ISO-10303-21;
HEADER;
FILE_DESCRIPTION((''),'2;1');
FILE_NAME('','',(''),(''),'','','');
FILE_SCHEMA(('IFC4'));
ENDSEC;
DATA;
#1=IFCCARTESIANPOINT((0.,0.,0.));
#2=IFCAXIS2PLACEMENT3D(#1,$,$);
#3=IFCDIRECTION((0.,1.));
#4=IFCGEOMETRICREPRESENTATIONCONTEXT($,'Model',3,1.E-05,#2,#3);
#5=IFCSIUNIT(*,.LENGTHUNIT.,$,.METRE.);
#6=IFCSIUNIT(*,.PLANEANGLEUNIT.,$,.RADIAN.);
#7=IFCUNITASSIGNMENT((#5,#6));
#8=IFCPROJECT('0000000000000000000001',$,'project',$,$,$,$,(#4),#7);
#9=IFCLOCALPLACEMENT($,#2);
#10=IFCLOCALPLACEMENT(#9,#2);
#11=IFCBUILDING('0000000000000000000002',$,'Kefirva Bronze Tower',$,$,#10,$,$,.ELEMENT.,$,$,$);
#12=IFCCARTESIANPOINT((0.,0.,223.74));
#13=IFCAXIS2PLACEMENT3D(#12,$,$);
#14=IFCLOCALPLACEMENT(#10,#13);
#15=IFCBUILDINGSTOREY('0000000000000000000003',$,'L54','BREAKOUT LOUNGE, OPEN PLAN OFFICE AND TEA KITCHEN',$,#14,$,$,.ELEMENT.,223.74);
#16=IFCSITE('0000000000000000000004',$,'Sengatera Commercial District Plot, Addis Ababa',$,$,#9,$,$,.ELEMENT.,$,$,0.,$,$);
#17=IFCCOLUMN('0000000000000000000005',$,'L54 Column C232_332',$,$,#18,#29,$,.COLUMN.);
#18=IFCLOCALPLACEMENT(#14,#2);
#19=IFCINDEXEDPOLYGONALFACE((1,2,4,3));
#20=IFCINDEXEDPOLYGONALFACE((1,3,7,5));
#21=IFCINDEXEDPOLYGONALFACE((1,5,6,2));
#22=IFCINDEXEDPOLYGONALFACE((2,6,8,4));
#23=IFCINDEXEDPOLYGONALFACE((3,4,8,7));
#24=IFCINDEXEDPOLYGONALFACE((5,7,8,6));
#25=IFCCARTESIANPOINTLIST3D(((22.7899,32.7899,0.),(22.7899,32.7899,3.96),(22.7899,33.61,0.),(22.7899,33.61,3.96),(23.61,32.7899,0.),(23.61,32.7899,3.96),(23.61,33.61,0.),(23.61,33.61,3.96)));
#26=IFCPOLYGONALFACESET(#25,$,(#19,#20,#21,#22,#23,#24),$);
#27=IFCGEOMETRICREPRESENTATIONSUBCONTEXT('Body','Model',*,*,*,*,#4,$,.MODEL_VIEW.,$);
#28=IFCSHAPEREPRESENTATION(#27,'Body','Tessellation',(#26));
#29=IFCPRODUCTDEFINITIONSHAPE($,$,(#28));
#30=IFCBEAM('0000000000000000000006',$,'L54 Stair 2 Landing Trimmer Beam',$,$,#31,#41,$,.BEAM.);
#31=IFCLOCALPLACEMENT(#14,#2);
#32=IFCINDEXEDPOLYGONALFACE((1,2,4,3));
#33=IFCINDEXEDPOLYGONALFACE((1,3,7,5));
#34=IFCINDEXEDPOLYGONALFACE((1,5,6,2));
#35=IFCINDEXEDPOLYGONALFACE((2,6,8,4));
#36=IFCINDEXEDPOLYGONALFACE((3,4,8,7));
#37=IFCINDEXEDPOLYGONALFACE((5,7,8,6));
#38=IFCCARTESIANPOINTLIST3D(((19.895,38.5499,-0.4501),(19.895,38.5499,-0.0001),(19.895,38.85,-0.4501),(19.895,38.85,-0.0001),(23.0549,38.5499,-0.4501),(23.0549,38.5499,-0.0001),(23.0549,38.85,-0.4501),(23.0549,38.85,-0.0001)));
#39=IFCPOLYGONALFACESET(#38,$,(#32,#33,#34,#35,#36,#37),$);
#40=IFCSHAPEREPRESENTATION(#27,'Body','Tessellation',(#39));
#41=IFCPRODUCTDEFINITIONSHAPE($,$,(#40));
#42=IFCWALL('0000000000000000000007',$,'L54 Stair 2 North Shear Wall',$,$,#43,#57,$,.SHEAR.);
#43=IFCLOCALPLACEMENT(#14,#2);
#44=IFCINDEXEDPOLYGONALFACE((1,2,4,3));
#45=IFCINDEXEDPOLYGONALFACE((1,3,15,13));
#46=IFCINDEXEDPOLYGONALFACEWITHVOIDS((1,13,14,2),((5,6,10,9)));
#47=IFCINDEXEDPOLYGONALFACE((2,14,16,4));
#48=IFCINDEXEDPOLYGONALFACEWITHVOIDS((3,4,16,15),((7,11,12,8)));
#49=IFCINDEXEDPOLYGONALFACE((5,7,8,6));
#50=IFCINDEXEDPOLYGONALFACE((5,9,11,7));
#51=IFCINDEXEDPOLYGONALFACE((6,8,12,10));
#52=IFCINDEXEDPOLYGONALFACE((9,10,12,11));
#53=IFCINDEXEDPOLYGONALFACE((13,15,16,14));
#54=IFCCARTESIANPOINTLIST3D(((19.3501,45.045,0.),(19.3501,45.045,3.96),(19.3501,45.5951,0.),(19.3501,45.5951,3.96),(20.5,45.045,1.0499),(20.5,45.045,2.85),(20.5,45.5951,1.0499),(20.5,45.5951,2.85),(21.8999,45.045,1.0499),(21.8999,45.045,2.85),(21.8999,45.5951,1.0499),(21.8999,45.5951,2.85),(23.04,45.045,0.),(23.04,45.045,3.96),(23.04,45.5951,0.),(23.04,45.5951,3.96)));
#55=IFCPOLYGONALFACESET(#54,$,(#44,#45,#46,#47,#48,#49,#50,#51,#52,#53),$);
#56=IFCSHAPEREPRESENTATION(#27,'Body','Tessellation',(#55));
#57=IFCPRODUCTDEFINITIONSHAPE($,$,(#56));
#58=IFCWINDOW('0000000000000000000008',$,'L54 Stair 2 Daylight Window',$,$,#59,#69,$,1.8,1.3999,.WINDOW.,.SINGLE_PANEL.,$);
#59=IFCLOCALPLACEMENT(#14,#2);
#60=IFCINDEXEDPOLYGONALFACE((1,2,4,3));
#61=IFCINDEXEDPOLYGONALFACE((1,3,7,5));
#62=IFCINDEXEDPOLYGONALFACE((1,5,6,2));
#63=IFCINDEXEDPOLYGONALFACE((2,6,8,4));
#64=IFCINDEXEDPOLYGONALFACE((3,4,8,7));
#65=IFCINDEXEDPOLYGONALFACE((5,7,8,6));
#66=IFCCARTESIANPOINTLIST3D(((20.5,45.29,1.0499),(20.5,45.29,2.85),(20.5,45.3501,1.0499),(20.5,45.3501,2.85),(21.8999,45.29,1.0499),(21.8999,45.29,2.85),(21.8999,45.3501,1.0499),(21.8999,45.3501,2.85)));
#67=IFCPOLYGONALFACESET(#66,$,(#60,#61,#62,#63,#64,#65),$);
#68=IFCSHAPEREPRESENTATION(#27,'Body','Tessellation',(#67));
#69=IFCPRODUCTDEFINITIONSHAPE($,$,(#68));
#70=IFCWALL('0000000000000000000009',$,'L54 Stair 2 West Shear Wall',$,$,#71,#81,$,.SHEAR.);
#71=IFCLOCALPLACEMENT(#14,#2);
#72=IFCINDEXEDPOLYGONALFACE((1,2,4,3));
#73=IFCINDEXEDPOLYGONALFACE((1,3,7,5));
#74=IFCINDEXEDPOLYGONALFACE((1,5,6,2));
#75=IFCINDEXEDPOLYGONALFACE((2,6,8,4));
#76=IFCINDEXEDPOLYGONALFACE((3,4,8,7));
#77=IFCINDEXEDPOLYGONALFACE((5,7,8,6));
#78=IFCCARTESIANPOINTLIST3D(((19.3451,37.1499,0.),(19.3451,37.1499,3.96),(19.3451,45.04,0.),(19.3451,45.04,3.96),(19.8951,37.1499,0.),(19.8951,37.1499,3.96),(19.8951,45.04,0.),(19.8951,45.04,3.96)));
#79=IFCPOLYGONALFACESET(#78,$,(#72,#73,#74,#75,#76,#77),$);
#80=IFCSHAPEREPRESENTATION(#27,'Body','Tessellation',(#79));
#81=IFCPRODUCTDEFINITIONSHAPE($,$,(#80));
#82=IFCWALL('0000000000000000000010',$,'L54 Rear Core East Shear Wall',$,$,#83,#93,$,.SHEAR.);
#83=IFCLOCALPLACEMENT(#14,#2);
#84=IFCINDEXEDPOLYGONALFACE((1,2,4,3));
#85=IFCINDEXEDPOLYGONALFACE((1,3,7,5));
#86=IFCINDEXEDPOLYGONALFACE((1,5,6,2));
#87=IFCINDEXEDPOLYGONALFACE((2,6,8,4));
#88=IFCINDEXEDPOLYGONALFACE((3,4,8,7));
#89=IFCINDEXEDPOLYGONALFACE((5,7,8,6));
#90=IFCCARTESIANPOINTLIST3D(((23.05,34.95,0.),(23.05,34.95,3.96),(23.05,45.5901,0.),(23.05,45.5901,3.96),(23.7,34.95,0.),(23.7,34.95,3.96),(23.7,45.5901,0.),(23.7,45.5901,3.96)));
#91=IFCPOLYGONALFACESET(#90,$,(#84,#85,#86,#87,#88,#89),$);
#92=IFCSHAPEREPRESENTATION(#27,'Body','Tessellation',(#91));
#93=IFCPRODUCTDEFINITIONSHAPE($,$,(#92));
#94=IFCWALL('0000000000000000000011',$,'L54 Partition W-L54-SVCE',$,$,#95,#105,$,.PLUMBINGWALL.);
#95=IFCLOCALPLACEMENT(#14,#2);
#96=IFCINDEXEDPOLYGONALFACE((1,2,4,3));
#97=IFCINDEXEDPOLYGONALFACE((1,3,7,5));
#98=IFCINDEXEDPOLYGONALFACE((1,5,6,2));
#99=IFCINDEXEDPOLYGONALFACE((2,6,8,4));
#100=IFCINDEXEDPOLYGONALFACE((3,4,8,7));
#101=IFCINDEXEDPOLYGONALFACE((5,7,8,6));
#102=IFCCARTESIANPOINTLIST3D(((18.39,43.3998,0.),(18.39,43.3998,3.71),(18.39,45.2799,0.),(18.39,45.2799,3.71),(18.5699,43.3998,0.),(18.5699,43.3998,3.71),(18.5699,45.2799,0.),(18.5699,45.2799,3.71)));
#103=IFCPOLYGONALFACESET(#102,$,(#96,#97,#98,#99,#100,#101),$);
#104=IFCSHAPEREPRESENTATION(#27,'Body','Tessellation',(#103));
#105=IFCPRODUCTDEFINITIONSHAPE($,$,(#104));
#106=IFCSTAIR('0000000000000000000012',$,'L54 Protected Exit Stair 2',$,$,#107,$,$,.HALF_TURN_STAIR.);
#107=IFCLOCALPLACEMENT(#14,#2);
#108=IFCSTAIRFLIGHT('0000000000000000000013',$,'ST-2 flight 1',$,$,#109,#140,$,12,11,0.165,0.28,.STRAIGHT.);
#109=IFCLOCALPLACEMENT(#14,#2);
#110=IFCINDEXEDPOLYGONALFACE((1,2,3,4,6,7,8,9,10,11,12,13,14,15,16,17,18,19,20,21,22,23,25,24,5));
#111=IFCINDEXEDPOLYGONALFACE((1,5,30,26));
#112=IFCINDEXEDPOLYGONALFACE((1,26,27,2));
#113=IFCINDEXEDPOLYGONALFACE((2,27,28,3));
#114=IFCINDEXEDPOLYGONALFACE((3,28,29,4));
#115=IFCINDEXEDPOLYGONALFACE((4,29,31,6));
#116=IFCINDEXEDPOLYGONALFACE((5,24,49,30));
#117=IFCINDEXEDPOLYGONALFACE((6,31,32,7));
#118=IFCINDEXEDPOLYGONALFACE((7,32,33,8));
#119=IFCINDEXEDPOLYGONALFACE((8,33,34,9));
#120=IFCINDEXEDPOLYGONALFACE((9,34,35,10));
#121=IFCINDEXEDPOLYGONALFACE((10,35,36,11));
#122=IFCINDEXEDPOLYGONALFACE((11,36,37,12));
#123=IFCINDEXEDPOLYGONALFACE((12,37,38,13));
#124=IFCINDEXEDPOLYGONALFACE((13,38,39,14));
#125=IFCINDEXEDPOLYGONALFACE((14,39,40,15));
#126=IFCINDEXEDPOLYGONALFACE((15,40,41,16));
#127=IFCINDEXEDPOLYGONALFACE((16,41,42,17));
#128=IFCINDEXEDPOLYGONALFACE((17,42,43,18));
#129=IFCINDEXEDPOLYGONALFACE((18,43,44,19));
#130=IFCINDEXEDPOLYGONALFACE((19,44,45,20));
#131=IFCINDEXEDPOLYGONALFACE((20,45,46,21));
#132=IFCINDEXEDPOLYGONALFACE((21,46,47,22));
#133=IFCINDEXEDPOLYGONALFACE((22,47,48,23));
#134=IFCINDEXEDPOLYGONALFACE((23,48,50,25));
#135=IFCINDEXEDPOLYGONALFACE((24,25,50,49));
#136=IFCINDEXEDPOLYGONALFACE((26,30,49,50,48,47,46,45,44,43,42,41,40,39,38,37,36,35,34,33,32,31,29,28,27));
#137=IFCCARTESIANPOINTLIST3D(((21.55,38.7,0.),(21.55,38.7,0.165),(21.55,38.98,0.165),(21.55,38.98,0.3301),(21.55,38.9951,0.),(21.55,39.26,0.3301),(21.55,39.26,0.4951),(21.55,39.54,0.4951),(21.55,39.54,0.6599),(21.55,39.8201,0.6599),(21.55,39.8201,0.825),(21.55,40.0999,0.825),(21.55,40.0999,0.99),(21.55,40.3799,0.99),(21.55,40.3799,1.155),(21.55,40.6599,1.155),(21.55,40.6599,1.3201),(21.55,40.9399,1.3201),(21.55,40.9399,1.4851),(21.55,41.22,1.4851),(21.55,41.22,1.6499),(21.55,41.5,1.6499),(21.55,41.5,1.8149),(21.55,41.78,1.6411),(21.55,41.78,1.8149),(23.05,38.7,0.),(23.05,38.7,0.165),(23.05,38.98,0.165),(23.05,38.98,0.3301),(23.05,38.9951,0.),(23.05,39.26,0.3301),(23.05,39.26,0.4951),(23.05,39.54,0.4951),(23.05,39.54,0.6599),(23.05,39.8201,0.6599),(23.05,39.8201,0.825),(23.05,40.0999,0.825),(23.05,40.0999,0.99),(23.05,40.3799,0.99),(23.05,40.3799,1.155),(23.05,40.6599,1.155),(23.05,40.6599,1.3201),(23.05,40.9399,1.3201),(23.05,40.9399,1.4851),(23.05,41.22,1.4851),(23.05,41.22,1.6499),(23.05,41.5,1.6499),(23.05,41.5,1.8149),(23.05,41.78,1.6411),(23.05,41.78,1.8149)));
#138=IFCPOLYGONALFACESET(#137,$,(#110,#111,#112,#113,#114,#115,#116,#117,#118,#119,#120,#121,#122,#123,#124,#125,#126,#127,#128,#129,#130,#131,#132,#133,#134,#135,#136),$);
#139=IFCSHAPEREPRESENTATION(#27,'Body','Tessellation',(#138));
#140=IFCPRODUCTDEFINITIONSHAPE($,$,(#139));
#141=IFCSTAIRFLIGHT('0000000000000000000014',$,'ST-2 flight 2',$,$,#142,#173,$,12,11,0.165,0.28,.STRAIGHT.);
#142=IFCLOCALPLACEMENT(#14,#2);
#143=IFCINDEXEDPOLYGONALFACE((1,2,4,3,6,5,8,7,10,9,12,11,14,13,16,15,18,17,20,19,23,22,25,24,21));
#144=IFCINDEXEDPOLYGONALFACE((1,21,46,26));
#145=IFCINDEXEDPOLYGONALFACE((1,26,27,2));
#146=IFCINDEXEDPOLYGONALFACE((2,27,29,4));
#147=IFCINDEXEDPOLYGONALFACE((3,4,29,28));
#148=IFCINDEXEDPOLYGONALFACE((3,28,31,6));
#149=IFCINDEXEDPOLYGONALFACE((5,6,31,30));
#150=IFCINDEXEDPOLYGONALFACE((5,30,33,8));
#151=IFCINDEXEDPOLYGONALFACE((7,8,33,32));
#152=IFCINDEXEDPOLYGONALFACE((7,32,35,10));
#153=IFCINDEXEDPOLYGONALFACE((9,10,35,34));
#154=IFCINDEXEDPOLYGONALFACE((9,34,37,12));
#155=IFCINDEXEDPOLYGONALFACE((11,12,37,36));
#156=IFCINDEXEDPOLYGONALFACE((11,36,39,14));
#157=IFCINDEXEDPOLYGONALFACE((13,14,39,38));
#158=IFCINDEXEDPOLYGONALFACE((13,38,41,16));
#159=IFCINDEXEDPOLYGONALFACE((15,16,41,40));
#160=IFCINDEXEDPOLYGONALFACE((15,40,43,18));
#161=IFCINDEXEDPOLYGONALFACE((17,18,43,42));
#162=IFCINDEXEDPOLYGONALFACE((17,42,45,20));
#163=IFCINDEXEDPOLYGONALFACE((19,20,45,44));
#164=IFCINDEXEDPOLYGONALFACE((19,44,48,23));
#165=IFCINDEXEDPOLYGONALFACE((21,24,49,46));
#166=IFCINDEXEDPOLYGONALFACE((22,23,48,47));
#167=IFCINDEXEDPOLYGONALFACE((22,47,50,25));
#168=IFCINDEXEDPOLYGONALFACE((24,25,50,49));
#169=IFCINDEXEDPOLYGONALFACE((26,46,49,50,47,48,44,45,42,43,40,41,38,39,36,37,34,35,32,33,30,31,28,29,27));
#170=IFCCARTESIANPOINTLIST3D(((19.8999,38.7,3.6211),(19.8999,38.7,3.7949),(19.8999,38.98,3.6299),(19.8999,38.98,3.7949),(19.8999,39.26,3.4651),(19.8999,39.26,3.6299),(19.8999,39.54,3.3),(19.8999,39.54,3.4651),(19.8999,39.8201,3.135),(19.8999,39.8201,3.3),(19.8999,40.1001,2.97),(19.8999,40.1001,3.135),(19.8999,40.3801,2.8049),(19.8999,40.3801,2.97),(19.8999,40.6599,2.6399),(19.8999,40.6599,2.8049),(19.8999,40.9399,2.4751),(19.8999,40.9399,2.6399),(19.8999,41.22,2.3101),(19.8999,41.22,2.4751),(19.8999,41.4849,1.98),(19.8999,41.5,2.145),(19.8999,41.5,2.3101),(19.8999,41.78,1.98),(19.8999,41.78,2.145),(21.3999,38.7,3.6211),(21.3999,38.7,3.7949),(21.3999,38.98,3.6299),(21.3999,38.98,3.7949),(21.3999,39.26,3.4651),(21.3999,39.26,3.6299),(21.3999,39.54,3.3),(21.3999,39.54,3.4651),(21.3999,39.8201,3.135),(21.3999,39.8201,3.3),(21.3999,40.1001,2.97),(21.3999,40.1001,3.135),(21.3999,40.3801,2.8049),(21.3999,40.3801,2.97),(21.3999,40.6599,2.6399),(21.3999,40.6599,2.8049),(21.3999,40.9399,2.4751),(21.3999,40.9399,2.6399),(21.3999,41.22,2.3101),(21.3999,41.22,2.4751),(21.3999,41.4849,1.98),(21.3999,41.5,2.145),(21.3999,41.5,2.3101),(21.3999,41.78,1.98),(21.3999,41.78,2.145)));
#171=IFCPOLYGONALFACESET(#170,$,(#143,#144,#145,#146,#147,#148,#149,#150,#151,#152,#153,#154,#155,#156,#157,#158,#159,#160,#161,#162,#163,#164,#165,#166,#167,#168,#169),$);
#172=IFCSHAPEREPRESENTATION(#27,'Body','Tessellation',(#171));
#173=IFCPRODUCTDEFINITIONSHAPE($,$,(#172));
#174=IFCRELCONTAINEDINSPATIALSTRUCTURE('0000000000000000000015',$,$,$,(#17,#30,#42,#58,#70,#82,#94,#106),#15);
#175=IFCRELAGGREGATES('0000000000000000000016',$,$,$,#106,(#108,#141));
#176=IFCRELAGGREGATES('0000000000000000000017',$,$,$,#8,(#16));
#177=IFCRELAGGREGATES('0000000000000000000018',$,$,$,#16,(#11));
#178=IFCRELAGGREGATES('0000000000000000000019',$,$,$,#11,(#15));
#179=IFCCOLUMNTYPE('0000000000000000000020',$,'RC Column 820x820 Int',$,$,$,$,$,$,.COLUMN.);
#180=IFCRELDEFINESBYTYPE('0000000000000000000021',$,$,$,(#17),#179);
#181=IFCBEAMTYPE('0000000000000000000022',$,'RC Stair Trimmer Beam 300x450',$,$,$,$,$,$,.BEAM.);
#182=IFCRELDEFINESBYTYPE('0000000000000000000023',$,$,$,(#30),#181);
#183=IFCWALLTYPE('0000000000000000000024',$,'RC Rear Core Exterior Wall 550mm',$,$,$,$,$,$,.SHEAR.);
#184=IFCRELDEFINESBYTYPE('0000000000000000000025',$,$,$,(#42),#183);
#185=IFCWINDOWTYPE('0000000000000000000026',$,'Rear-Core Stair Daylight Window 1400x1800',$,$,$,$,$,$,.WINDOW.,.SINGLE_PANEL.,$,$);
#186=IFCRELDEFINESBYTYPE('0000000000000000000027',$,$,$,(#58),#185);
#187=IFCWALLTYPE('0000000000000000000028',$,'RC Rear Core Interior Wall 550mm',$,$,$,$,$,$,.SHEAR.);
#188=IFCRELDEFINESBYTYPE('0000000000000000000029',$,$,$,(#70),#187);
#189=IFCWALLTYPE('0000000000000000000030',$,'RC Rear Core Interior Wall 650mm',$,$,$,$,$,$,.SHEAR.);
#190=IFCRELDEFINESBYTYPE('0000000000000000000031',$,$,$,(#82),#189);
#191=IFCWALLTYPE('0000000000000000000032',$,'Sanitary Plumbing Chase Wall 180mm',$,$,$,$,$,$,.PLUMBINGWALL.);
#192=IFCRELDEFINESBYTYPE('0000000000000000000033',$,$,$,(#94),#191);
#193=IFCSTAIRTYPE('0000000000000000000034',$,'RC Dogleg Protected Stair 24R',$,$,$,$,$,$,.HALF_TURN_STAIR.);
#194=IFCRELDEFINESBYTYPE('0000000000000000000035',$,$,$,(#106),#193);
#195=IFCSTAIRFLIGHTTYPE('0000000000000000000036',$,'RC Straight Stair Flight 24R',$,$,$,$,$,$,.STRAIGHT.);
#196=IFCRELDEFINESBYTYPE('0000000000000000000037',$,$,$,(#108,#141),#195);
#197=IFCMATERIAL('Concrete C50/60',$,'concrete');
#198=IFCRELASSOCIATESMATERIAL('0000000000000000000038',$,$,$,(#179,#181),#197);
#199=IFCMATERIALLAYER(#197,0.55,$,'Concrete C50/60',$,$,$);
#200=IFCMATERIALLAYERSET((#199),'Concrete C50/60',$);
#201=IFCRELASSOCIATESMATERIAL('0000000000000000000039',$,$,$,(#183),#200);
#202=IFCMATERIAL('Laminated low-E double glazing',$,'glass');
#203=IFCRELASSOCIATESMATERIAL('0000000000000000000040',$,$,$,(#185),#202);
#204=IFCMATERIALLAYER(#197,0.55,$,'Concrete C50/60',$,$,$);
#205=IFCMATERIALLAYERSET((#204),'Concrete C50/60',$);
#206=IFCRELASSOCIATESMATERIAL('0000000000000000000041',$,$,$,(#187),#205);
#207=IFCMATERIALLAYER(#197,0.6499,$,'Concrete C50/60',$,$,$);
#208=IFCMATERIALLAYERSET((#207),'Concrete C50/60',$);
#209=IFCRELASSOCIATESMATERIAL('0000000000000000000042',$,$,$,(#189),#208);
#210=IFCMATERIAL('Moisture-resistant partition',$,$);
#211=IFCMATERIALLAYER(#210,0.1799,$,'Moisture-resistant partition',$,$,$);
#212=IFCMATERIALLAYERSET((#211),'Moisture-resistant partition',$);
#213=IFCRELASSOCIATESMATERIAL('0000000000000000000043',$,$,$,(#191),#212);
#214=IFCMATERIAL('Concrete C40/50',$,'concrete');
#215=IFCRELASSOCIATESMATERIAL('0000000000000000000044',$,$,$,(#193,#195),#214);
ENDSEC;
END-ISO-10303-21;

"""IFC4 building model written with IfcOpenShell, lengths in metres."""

from ifc_helpers import new_model, si_unit, direction, frame, frame_2d, origin, origin_2d, place, context, subcontext, project, spatial, polyline, rectangle, outline, extrude, material, layer, layer_set, material_profile, profile_set, type_object, element, fill, aggregate, save


model = new_model("IFC4")

# Units and contexts
model_context = context("Model", 3, precision=1e-05, world=origin(), true_north=direction((0.0, 1.0)))
body_context = subcontext(model_context, "Body", "Model", "MODEL_VIEW")
ifc_project = project(units=[si_unit("LENGTHUNIT", "METRE"), si_unit("PLANEANGLEUNIT", "RADIAN")], contexts=[model_context])

# Site, building, storey
site_placement = place(None, origin())
site = spatial("IfcSite", under=ifc_project, at=site_placement, Name="Sengatera Commercial District Plot, Addis Ababa", CompositionType="ELEMENT", RefElevation=0.0)
building_placement = place(site_placement, origin())
building = spatial("IfcBuilding", under=site, at=building_placement, Name="Kefirva Bronze Tower", CompositionType="ELEMENT")
storey_placement = place(building_placement, frame((0.0, 0.0, 223.74)))
storey = spatial("IfcBuildingStorey", under=building, at=storey_placement, Name="L54", Description="BREAKOUT LOUNGE, OPEN PLAN OFFICE AND TEA KITCHEN", CompositionType="ELEMENT", Elevation=223.74)

# Column
ifc_material_1 = material(Name="Concrete C50/60", Category="concrete")
ifc_material_profile_1 = material_profile(ifc_material_1, rectangle(XDim=0.8201, YDim=0.8201, at=origin_2d()), Name="RC 820x820")
ifc_profile_set_1 = profile_set([ifc_material_profile_1], Name="Concrete C50/60")
column_type = type_object("IfcColumnType", Name="RC Column 820x820 Int", PredefinedType="COLUMN", material=ifc_profile_set_1)
column_placement = place(storey_placement, frame((23.2, 33.2, 0.0), z_axis=(0.0, 0.0, 1.0), x_axis=(1.0, 0.0, 0.0)))
element("IfcColumn", 1, at=column_placement, inside=storey, type_object=column_type, Name="L54 Column C232_332", PredefinedType="COLUMN", context=body_context, shape_type="SweptSolid", body=[
    extrude(rectangle(XDim=0.8201, YDim=0.8201, at=origin_2d()), origin(), (0.0, 0.0, 1.0), 3.96),
])

# Beam
ifc_material_profile_2 = material_profile(ifc_material_1, rectangle(XDim=0.3, YDim=0.45, at=origin_2d()), Name="RC 300x450")
ifc_profile_set_2 = profile_set([ifc_material_profile_2], Name="Concrete C50/60")
beam_type = type_object("IfcBeamType", Name="RC Stair Trimmer Beam 300x450", PredefinedType="BEAM", material=ifc_profile_set_2)
beam_placement = place(storey_placement, frame((19.895, 38.7, -0.2251), z_axis=(1.0, 0.0, 0.0), x_axis=(0.0, 1.0, 0.0)))
element("IfcBeam", 2, at=beam_placement, inside=storey, type_object=beam_type, Name="L54 Stair 2 Landing Trimmer Beam", PredefinedType="BEAM", context=body_context, shape_type="SweptSolid", body=[
    extrude(rectangle(XDim=0.3, YDim=0.45, at=origin_2d()), origin(), (0.0, 0.0, 1.0), 3.1599),
])

# Wall, opening, window
ifc_layer_1 = layer(ifc_material_1, 0.55, Name="Concrete C50/60")
ifc_layer_set_1 = layer_set([ifc_layer_1], Name="Concrete C50/60")
wall_type_1 = type_object("IfcWallType", Name="RC Rear Core Exterior Wall 550mm", PredefinedType="SHEAR", material=ifc_layer_set_1)
wall_1_placement = place(storey_placement, frame((19.3501, 45.3201, 0.0), z_axis=(0.0, 0.0, 1.0), x_axis=(1.0, 0.0, 0.0)))
wall_1 = element("IfcWall", 3, at=wall_1_placement, inside=storey, type_object=wall_type_1, Name="L54 Stair 2 North Shear Wall", PredefinedType="SHEAR", context=body_context, shape_type="SweptSolid", body=[
    extrude(rectangle(XDim=3.6899, YDim=0.55, at=frame_2d((1.845, 0.0))), origin(), (0.0, 0.0, 1.0), 3.96),
])
opening_1_placement = place(wall_1_placement, frame((1.1499, 0.0, 1.05)))
opening_1 = element("IfcOpeningElement", 4, at=opening_1_placement, cuts=wall_1, PredefinedType="OPENING", context=body_context, shape_type="SweptSolid", body=[
    extrude(rectangle(XDim=1.3999, YDim=1.8, at=frame_2d((0.7, 0.8999))), frame((0.0, 0.2852, 0.0), z_axis=(0.0, -1.0, 0.0), x_axis=(1.0, 0.0, 0.0)), (0.0, 0.0, 1.0), 0.5701),
])
ifc_material_2 = material(Name="Laminated low-E double glazing", Category="glass")
window_type = type_object("IfcWindowType", Name="Rear-Core Stair Daylight Window 1400x1800", PartitioningType="SINGLE_PANEL", PredefinedType="WINDOW", material=ifc_material_2)
window_placement = place(opening_1_placement, origin())
window = element("IfcWindow", 5, at=window_placement, inside=storey, type_object=window_type, Name="L54 Stair 2 Daylight Window", OverallHeight=1.8, OverallWidth=1.3999, PartitioningType="SINGLE_PANEL", PredefinedType="WINDOW", context=body_context, shape_type="SweptSolid", body=[
    extrude(rectangle(XDim=1.3999, YDim=1.8, at=frame_2d((0.7, 0.8999))), frame((0.0, 0.03, 0.0), z_axis=(0.0, -1.0, 0.0), x_axis=(1.0, 0.0, 0.0)), (0.0, 0.0, 1.0), 0.0601),
])
fill(opening_1, window)

# Walls
ifc_layer_2 = layer(ifc_material_1, 0.55, Name="Concrete C50/60")
ifc_layer_set_2 = layer_set([ifc_layer_2], Name="Concrete C50/60")
wall_type_2 = type_object("IfcWallType", Name="RC Rear Core Interior Wall 550mm", PredefinedType="SHEAR", material=ifc_layer_set_2)
wall_2_placement = place(storey_placement, frame((19.6201, 37.1499, 0.0), z_axis=(0.0, 0.0, 1.0), x_axis=(0.0, 1.0, 0.0)))
element("IfcWall", 6, at=wall_2_placement, inside=storey, type_object=wall_type_2, Name="L54 Stair 2 West Shear Wall", PredefinedType="SHEAR", context=body_context, shape_type="SweptSolid", body=[
    extrude(rectangle(XDim=7.8901, YDim=0.55, at=frame_2d((3.9451, 0.0))), origin(), (0.0, 0.0, 1.0), 3.96),
])
ifc_layer_3 = layer(ifc_material_1, 0.6499, Name="Concrete C50/60")
ifc_layer_set_3 = layer_set([ifc_layer_3], Name="Concrete C50/60")
wall_type_3 = type_object("IfcWallType", Name="RC Rear Core Interior Wall 650mm", PredefinedType="SHEAR", material=ifc_layer_set_3)
wall_3_placement = place(storey_placement, frame((23.375, 34.95, 0.0), z_axis=(0.0, 0.0, 1.0), x_axis=(0.0, 1.0, 0.0)))
element("IfcWall", 7, at=wall_3_placement, inside=storey, type_object=wall_type_3, Name="L54 Rear Core East Shear Wall", PredefinedType="SHEAR", context=body_context, shape_type="SweptSolid", body=[
    extrude(rectangle(XDim=10.6401, YDim=0.6499, at=frame_2d((5.3201, 0.0))), origin(), (0.0, 0.0, 1.0), 3.96),
])
ifc_material_3 = material(Name="Moisture-resistant partition")
ifc_layer_4 = layer(ifc_material_3, 0.1799, Name="Moisture-resistant partition")
ifc_layer_set_4 = layer_set([ifc_layer_4], Name="Moisture-resistant partition")
wall_type_4 = type_object("IfcWallType", Name="Sanitary Plumbing Chase Wall 180mm", PredefinedType="PLUMBINGWALL", material=ifc_layer_set_4)
wall_4_placement = place(storey_placement, frame((18.48, 43.3999, 0.0), z_axis=(0.0, 0.0, 1.0), x_axis=(0.0, 1.0, 0.0)))
element("IfcWall", 8, at=wall_4_placement, inside=storey, type_object=wall_type_4, Name="L54 Partition W-L54-SVCE", PredefinedType="PLUMBINGWALL", context=body_context, shape_type="SweptSolid", body=[
    extrude(rectangle(XDim=1.8801, YDim=0.1799, at=frame_2d((0.9399, 0.0))), origin(), (0.0, 0.0, 1.0), 3.71),
])

# Stair, stair flights
ifc_material_4 = material(Name="Concrete C40/50", Category="concrete")
stair_type = type_object("IfcStairType", Name="RC Dogleg Protected Stair 24R", PredefinedType="HALF_TURN_STAIR", material=ifc_material_4)
stair_placement = place(storey_placement, origin())
stair = element("IfcStair", 9, at=stair_placement, inside=storey, type_object=stair_type, Name="L54 Protected Exit Stair 2", PredefinedType="HALF_TURN_STAIR")
stair_flight_type = type_object("IfcStairFlightType", Name="RC Straight Stair Flight 24R", PredefinedType="STRAIGHT", material=ifc_material_4)
stair_flight_1_placement = place(storey_placement, frame((22.3, 38.7, 0.0), z_axis=(0.0, 0.0, 1.0), x_axis=(0.0, 1.0, 0.0)))
stair_flight_1 = element("IfcStairFlight", 10, at=stair_flight_1_placement, type_object=stair_flight_type, Name="ST-2 flight 1", NumberOfRisers=12, NumberOfTreads=11, PredefinedType="STRAIGHT", RiserHeight=0.165, TreadLength=0.28, context=body_context, shape_type="SweptSolid", body=[
    extrude(outline(polyline([(0.0, 0.0), (0.0, 0.165), (0.28, 0.165), (0.28, 0.3301), (0.5601, 0.3301), (0.5601, 0.4951), (0.8401, 0.4951), (0.8401, 0.6599), (1.1201, 0.6599), (1.1201, 0.825), (1.3999, 0.825), (1.3999, 0.99), (1.6799, 0.99), (1.6799, 1.155), (1.96, 1.155), (1.96, 1.3201), (2.24, 1.3201), (2.24, 1.4851), (2.52, 1.4851), (2.52, 1.6499), (2.8, 1.6499), (2.8, 1.8149), (3.0801, 1.8149), (3.0801, 1.98), (3.0801, 1.6411), (0.2952, 0.0), (0.0, 0.0)])), frame((0.0, 0.75, 0.0), z_axis=(0.0, -1.0, 0.0), x_axis=(1.0, 0.0, 0.0)), (0.0, 0.0, 1.0), 1.5),
])
stair_flight_2_placement = place(storey_placement, frame((20.6499, 41.78, 1.98), z_axis=(0.0, 0.0, 1.0), x_axis=(0.0, -1.0, 0.0)))
stair_flight_2 = element("IfcStairFlight", 11, at=stair_flight_2_placement, type_object=stair_flight_type, Name="ST-2 flight 2", NumberOfRisers=12, NumberOfTreads=11, PredefinedType="STRAIGHT", RiserHeight=0.165, TreadLength=0.28, context=body_context, shape_type="SweptSolid", body=[
    extrude(outline(polyline([(0.0, 0.0), (0.0, 0.165), (0.28, 0.165), (0.28, 0.3301), (0.5601, 0.3301), (0.5601, 0.4951), (0.8401, 0.4951), (0.8401, 0.6599), (1.1201, 0.6599), (1.1201, 0.825), (1.3999, 0.825), (1.3999, 0.99), (1.6799, 0.99), (1.6799, 1.155), (1.96, 1.155), (1.96, 1.3201), (2.24, 1.3201), (2.24, 1.4851), (2.52, 1.4851), (2.52, 1.6499), (2.8, 1.6499), (2.8, 1.8149), (3.0801, 1.8149), (3.0801, 1.98), (3.0801, 1.6411), (0.2952, 0.0), (0.0, 0.0)])), frame((0.0, 0.75, 0.0), z_axis=(0.0, -1.0, 0.0), x_axis=(1.0, 0.0, 0.0)), (0.0, 0.0, 1.0), 1.5),
])
aggregate(stair, [stair_flight_1, stair_flight_2])

save(model, "model.ifc")
